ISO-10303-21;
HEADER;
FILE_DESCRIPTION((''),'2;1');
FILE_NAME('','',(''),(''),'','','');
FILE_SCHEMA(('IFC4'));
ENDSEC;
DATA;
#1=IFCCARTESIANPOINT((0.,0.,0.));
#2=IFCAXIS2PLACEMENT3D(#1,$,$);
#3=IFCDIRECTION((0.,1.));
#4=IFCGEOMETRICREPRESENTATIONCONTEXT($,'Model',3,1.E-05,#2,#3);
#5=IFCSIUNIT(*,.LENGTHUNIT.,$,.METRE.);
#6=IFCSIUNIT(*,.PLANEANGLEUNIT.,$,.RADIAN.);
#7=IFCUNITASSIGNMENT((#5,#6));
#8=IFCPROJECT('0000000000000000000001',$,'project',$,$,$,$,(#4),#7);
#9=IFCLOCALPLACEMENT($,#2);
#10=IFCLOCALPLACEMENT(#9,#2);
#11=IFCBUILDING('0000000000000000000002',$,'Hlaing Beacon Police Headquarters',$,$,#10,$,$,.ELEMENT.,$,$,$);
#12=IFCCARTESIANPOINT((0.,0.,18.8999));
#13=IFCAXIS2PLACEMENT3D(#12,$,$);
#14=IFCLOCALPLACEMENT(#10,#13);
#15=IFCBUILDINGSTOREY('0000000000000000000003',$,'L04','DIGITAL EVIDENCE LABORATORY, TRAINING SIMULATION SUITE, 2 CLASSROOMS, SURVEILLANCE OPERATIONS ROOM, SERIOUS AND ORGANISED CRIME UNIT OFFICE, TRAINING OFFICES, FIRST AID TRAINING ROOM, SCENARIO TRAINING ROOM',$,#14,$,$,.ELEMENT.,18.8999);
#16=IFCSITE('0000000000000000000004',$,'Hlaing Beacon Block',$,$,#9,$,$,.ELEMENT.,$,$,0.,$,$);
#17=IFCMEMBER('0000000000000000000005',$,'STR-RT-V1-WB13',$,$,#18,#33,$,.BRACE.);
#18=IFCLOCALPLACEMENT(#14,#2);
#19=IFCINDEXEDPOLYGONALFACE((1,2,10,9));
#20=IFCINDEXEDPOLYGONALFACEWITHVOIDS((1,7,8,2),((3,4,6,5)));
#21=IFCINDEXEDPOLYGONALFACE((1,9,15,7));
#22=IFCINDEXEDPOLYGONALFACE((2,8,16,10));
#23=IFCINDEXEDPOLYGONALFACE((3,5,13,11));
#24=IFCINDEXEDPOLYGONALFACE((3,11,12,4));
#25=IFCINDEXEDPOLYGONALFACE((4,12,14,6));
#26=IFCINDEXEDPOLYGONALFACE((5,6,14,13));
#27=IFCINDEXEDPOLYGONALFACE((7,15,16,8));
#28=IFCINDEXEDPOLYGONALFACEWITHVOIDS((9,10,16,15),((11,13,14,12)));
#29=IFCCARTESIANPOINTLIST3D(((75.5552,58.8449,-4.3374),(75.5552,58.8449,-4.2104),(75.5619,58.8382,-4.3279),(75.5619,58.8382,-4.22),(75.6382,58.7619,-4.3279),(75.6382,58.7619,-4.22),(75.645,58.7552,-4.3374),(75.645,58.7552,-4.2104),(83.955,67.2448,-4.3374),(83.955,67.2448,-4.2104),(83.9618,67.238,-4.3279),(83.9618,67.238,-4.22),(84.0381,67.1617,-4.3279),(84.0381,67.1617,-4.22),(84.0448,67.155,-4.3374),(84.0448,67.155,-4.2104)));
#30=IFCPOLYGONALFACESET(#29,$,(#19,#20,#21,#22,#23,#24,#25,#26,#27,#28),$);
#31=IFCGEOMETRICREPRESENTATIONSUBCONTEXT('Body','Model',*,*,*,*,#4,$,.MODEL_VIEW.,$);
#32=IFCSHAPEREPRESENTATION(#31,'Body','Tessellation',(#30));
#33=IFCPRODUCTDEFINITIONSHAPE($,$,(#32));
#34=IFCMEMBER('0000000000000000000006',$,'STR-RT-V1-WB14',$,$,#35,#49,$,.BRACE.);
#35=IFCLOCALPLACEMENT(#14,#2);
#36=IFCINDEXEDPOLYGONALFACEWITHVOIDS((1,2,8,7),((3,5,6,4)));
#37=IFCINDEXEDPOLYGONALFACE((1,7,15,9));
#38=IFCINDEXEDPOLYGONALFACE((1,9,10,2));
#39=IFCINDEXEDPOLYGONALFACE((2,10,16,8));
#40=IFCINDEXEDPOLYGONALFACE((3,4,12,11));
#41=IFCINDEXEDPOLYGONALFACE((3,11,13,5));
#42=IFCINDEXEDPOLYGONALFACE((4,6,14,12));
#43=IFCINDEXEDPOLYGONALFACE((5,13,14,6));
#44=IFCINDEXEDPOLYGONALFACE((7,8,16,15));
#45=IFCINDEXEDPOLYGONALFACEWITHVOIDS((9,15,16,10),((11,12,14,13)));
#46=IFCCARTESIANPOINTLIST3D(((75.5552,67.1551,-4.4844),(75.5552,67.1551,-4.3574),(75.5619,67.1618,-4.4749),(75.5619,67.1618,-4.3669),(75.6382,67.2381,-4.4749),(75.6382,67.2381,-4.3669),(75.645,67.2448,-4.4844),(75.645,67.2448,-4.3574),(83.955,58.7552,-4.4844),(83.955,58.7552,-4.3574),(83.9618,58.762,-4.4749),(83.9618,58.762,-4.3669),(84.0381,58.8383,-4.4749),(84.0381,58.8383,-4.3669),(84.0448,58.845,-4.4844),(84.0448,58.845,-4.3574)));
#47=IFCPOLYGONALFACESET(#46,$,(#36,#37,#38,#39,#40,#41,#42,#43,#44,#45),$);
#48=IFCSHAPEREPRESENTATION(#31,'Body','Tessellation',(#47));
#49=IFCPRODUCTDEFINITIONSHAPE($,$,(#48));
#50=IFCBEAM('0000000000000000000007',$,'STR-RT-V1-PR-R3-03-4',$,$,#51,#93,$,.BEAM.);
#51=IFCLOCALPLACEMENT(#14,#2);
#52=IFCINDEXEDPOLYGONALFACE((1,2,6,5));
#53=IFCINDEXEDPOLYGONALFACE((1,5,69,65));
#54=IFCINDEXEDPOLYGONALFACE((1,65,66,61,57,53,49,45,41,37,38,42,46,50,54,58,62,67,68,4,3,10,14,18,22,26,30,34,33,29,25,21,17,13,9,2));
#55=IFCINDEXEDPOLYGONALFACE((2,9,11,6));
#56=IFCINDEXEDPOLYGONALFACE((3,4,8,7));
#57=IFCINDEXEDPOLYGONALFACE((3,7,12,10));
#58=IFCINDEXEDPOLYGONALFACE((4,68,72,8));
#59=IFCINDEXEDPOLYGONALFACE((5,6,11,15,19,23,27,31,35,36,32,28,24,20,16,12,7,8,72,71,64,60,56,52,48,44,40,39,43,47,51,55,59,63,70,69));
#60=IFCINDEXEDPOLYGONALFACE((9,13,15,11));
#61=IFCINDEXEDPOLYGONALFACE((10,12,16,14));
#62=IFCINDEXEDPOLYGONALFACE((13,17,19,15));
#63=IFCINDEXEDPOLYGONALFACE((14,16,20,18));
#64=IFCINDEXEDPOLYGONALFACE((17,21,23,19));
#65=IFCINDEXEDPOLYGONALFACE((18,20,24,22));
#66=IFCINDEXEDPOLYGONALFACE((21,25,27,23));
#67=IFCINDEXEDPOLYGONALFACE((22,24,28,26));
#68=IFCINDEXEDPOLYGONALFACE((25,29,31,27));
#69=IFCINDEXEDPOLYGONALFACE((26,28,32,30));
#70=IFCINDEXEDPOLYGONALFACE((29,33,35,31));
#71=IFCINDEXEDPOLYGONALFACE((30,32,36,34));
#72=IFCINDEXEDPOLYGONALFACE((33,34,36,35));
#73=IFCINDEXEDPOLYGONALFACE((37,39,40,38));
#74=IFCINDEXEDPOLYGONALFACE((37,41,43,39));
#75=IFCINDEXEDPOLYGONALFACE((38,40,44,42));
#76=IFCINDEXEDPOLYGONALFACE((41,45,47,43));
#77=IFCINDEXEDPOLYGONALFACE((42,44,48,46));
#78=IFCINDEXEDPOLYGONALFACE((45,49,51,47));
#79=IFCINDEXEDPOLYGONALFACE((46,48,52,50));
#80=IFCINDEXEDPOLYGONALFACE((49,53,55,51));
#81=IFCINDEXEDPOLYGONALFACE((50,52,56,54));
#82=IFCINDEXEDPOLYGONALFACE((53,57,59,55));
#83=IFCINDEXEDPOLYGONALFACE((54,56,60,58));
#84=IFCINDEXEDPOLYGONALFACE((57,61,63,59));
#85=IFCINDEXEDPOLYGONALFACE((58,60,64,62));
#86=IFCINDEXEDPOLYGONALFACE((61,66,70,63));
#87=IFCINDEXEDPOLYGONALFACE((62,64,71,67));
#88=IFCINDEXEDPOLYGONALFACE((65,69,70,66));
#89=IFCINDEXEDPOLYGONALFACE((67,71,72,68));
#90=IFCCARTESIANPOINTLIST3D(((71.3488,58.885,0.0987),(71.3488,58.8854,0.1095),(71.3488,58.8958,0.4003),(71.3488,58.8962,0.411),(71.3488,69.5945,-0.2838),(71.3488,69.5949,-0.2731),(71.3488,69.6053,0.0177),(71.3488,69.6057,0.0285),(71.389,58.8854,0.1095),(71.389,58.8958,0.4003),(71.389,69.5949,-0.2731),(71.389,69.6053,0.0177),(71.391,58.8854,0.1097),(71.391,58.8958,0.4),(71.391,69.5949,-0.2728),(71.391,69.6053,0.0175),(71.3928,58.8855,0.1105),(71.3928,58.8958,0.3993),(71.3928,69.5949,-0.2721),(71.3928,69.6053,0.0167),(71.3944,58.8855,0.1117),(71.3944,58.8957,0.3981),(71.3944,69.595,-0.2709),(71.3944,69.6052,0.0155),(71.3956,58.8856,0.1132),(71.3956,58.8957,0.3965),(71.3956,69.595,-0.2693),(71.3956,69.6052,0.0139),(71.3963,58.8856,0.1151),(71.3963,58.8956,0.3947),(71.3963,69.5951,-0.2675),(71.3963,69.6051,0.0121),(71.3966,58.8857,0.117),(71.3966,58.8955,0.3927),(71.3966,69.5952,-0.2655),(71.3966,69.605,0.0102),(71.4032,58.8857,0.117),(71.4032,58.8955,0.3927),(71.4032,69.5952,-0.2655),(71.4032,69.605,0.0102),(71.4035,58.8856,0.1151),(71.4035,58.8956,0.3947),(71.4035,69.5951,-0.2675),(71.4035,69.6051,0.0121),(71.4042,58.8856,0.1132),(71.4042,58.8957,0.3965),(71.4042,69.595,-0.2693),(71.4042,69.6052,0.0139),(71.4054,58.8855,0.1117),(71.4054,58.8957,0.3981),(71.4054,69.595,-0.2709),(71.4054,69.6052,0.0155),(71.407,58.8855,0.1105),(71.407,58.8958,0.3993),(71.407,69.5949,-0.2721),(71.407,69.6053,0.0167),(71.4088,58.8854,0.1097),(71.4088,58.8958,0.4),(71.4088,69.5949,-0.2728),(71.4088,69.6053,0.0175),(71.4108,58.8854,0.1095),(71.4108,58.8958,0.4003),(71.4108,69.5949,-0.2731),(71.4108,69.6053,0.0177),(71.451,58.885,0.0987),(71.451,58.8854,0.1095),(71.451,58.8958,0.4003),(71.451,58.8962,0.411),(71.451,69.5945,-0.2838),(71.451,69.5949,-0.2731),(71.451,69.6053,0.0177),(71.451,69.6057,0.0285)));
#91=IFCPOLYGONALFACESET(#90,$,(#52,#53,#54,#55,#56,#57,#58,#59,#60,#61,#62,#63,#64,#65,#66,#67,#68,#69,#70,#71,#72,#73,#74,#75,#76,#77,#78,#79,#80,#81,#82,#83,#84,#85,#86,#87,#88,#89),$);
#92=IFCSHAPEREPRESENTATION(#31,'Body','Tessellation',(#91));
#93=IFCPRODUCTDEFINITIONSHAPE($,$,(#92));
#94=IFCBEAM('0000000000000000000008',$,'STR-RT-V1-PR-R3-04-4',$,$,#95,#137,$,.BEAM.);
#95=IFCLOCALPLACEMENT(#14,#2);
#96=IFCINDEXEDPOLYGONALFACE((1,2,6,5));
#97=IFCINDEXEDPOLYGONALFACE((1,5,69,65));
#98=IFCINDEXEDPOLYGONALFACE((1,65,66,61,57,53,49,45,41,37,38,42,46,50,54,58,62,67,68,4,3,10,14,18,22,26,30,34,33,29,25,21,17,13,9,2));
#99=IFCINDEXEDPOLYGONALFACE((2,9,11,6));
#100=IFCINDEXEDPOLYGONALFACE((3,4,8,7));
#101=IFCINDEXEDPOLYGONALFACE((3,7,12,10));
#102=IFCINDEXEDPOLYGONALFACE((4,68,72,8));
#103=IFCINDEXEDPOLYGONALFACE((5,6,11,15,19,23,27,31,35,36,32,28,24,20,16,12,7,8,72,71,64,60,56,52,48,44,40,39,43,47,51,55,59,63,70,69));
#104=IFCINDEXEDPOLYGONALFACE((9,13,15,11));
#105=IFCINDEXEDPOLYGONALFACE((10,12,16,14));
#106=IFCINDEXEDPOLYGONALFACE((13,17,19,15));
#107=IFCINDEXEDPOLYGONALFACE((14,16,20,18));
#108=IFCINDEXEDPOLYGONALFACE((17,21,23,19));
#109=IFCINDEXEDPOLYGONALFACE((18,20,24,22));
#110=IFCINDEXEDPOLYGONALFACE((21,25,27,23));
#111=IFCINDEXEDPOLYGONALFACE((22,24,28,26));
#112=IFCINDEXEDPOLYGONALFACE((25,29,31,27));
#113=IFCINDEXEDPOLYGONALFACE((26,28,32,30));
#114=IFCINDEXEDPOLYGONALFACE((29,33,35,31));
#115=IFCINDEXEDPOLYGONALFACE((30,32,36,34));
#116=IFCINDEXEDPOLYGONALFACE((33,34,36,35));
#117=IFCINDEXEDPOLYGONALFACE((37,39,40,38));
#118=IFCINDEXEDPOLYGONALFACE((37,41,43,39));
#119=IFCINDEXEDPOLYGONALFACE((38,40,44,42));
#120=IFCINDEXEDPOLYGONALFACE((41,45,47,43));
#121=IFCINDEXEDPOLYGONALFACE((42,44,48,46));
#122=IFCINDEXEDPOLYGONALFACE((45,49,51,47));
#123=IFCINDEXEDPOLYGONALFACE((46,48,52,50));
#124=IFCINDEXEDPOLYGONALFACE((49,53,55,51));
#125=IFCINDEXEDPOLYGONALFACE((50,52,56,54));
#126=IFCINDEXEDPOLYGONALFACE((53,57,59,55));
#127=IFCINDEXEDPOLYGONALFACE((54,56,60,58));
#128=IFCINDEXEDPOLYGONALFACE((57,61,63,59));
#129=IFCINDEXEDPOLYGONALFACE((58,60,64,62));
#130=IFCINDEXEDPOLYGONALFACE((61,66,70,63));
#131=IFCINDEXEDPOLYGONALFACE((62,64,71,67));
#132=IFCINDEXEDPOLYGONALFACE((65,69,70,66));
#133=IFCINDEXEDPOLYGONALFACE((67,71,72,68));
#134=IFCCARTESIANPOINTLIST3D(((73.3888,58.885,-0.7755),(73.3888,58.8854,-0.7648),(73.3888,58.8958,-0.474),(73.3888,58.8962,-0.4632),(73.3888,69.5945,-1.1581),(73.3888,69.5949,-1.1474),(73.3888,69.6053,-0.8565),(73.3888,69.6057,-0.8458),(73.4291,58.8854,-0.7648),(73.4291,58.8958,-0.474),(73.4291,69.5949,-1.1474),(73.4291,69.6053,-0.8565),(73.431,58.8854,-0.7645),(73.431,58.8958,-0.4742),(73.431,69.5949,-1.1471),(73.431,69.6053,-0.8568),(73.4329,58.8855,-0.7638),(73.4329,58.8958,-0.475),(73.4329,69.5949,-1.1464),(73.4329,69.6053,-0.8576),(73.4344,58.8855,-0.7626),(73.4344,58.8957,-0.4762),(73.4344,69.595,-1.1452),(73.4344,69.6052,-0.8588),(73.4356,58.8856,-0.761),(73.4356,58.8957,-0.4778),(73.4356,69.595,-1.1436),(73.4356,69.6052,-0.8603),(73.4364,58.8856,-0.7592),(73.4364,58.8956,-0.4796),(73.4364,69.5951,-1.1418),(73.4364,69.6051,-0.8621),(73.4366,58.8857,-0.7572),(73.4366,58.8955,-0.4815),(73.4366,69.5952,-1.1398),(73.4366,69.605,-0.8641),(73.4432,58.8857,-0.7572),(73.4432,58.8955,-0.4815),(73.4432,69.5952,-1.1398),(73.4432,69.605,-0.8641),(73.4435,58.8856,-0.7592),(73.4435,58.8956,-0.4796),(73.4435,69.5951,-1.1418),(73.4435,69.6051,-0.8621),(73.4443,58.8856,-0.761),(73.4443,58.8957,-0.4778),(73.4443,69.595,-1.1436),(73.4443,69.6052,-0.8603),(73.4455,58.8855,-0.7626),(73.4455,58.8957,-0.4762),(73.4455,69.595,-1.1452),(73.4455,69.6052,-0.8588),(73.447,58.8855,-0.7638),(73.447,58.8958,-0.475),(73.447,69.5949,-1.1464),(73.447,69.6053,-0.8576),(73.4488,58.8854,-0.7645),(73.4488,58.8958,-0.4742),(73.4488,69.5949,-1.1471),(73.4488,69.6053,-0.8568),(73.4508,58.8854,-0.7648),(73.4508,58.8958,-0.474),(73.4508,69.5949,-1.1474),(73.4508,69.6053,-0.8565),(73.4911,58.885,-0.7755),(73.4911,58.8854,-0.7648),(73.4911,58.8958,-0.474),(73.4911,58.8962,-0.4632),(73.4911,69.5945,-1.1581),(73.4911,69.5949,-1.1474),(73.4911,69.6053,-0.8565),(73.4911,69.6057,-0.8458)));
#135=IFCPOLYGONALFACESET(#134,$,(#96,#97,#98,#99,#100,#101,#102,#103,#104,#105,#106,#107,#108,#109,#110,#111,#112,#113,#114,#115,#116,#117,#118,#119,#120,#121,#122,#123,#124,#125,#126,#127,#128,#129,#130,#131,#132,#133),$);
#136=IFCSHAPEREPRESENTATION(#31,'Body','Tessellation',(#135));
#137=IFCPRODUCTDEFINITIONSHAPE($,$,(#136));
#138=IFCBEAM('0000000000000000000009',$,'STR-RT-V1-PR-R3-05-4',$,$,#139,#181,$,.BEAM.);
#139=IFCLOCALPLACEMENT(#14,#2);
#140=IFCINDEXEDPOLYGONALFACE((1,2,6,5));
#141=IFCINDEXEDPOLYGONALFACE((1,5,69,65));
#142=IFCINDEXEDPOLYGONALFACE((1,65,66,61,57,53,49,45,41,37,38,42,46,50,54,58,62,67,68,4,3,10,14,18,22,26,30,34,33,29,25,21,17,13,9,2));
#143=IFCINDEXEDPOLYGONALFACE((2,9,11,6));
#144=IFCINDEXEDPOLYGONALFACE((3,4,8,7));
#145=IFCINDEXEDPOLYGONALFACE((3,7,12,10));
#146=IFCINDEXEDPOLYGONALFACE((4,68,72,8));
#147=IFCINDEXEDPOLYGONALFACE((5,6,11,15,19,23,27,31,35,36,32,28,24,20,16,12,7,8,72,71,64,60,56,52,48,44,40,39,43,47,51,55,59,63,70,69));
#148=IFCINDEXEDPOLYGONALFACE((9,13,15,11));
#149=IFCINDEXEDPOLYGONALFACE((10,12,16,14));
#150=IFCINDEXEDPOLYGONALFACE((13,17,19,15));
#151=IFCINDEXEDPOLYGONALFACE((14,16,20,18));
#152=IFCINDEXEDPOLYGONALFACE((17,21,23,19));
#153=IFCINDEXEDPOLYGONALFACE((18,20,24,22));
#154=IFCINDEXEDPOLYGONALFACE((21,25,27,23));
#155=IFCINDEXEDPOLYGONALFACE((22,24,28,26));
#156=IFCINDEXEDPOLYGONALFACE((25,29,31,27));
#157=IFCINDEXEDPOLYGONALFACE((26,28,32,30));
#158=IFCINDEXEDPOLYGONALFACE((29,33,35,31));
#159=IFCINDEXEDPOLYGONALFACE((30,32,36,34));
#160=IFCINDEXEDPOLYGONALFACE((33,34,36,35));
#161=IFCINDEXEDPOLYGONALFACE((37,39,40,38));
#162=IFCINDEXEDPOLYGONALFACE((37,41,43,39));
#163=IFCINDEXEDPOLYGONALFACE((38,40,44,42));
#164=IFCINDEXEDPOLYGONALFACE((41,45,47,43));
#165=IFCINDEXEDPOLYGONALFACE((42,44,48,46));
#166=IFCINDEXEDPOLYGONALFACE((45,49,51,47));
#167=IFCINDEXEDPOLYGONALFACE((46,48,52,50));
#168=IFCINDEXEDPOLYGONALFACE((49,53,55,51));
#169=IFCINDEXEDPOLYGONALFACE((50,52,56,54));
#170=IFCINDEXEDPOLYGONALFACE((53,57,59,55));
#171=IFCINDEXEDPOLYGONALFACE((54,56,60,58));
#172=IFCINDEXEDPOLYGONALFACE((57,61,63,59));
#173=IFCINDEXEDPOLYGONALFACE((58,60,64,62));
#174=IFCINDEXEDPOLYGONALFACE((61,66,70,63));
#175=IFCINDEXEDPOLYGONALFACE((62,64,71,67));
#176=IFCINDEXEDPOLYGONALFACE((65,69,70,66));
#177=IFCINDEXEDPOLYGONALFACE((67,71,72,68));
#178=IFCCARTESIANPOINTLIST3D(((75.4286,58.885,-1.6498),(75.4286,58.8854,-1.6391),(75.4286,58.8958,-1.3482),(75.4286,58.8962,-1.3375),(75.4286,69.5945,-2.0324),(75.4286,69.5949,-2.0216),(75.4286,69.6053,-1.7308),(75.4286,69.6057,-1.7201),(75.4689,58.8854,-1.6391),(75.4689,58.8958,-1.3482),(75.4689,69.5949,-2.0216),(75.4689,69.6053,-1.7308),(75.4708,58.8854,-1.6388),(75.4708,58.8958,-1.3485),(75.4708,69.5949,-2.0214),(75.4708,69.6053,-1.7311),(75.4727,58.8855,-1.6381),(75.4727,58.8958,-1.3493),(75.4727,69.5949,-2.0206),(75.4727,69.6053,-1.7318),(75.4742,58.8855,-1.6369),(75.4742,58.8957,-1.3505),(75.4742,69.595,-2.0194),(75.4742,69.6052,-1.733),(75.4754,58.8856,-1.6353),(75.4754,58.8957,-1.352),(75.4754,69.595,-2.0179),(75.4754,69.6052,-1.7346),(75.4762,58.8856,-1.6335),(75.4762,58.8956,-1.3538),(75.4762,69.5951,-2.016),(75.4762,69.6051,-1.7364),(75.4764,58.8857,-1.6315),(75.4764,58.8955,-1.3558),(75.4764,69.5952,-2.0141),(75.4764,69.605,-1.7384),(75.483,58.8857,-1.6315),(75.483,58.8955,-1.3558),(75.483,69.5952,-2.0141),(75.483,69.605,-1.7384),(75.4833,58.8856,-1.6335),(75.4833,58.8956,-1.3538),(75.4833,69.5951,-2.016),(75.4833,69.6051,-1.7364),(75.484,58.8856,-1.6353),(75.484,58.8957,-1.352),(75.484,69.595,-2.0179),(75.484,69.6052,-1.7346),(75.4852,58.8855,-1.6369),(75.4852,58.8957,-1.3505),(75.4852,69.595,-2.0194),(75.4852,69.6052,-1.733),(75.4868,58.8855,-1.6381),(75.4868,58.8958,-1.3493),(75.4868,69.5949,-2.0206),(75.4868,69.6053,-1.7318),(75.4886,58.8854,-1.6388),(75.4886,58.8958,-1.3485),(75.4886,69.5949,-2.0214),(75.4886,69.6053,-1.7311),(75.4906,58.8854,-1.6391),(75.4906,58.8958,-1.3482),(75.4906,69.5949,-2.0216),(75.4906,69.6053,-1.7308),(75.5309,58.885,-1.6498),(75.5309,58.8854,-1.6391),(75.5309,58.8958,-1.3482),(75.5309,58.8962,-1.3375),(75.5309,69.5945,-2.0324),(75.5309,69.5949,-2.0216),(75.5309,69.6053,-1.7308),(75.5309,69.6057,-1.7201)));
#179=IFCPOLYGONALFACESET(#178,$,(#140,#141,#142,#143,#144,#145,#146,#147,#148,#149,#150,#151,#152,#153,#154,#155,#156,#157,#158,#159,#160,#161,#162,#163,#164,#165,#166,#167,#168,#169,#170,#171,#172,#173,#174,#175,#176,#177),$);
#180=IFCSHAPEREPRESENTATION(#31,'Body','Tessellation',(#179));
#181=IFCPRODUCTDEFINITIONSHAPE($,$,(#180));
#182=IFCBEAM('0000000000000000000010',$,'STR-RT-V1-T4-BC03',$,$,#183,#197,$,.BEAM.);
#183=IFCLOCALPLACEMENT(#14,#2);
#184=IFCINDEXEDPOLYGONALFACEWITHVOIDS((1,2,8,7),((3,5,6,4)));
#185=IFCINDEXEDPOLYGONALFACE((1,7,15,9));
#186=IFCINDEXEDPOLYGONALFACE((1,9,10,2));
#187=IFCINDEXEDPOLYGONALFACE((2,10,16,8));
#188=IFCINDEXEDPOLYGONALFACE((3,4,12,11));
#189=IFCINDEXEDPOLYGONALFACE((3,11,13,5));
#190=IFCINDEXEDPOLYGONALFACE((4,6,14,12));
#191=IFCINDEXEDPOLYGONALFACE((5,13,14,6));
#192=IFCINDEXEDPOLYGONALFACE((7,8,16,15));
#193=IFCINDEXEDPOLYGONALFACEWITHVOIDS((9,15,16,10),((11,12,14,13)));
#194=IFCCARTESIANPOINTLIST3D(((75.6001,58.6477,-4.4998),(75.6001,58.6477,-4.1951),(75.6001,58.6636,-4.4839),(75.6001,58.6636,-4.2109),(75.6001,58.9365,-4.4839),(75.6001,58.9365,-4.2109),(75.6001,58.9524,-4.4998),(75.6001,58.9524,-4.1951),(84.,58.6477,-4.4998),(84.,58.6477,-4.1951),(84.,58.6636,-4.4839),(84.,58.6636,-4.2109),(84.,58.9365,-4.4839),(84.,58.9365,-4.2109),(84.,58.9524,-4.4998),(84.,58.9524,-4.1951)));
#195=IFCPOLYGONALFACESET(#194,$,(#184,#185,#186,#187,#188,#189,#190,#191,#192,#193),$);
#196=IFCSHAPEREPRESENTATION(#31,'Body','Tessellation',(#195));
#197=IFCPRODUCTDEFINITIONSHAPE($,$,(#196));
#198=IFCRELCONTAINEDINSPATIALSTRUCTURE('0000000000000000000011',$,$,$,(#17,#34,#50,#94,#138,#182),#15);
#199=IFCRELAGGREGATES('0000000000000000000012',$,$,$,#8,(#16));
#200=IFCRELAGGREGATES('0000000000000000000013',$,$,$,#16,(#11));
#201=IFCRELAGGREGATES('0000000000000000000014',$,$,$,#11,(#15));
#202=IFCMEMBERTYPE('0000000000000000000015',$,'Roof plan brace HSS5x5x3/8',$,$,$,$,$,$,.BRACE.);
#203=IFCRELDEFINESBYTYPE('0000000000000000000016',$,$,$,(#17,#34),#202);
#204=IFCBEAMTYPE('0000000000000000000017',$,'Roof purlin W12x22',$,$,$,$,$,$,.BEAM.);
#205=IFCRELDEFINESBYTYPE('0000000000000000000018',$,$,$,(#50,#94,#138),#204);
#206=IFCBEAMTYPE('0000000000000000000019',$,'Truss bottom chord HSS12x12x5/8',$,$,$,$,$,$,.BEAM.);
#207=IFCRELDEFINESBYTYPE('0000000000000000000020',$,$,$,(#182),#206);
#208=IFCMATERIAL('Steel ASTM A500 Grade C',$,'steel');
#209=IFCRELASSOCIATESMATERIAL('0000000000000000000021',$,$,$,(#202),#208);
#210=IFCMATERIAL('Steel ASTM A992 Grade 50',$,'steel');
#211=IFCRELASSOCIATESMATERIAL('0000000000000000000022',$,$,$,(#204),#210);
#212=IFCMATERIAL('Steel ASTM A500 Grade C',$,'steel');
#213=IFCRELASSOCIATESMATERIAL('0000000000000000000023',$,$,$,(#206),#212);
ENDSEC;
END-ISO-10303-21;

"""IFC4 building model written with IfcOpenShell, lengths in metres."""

from ifc_helpers import new_model, si_unit, direction, frame, origin, origin_2d, place, context, subcontext, project, spatial, hollow_rectangle, i_section, extrude, material, material_profile, profile_set, type_object, element, save


model = new_model("IFC4")

# Units and contexts
model_context = context("Model", 3, precision=1e-05, world=origin(), true_north=direction((0.0, 1.0)))
body_context = subcontext(model_context, "Body", "Model", "MODEL_VIEW")
ifc_project = project(units=[si_unit("LENGTHUNIT", "METRE"), si_unit("PLANEANGLEUNIT", "RADIAN")], contexts=[model_context])

# Site, building, storey
site_placement = place(None, origin())
site = spatial("IfcSite", under=ifc_project, at=site_placement, Name="Hlaing Beacon Block", CompositionType="ELEMENT", RefElevation=0.0)
building_placement = place(site_placement, origin())
building = spatial("IfcBuilding", under=site, at=building_placement, Name="Hlaing Beacon Police Headquarters", CompositionType="ELEMENT")
storey_placement = place(building_placement, frame((0.0, 0.0, 18.8999)))
storey = spatial("IfcBuildingStorey", under=building, at=storey_placement, Name="L04", Description="DIGITAL EVIDENCE LABORATORY, TRAINING SIMULATION SUITE, 2 CLASSROOMS, SURVEILLANCE OPERATIONS ROOM, SERIOUS AND ORGANISED CRIME UNIT OFFICE, TRAINING OFFICES, FIRST AID TRAINING ROOM, SCENARIO TRAINING ROOM", CompositionType="ELEMENT", Elevation=18.8999)

# Members
ifc_material_1 = material(Name="Steel ASTM A500 Grade C", Category="steel")
ifc_material_profile_1 = material_profile(ifc_material_1, hollow_rectangle(XDim=0.127, YDim=0.127, WallThickness=0.0095, at=origin_2d()), Name="HSS5x5x3/8")
ifc_profile_set_1 = profile_set([ifc_material_profile_1], Name="Steel ASTM A500 Grade C")
member_type_1 = type_object("IfcMemberType", Name="Roof plan brace HSS5x5x3/8", PredefinedType="BRACE", material=ifc_profile_set_1)
for number, where, z_axis, x_axis, name in (
    (1, (75.6001, 58.8, -4.2739), (0.707107, 0.707107, 0.0), (-0.707107, 0.707107, 0.0), "STR-RT-V1-WB13"),
    (2, (75.6001, 67.2, -4.4209), (0.707107, -0.707107, 0.0), (0.707107, 0.707107, 0.0), "STR-RT-V1-WB14"),
):
    element("IfcMember", number, at=place(storey_placement, frame(where, z_axis=z_axis, x_axis=x_axis)), inside=storey, type_object=member_type_1, Name=name, PredefinedType="BRACE", context=body_context, shape_type="SweptSolid", body=[
        extrude(hollow_rectangle(XDim=0.127, YDim=0.127, WallThickness=0.0095, at=origin_2d()), origin(), (0.0, 0.0, 1.0), 11.8792),
    ])

# Beams
ifc_material_2 = material(Name="Steel ASTM A992 Grade 50", Category="steel")
ifc_material_profile_2 = material_profile(ifc_material_2, i_section(OverallWidth=0.1023, OverallDepth=0.3125, WebThickness=0.0066, FlangeThickness=0.0107, FilletRadius=0.0076, at=origin_2d()), Name="W12x22")
ifc_profile_set_2 = profile_set([ifc_material_profile_2], Name="Steel ASTM A992 Grade 50")
beam_type_1 = type_object("IfcBeamType", Name="Roof purlin W12x22", PredefinedType="BEAM", material=ifc_profile_set_2)
for number, where, z_axis, x_axis, name in (
    (3, (71.3999, 58.8906, 0.2549), (0.0, 0.999363, -0.0357), (-1.0, 0.0, 0.0), "STR-RT-V1-PR-R3-03-4"),
    (4, (73.4399, 58.8906, -0.6194), (0.0, 0.999363, -0.0357), (-1.0, 0.0, 0.0), "STR-RT-V1-PR-R3-04-4"),
    (5, (75.4797, 58.8906, -1.4937), (0.0, 0.999363, -0.0357), (-1.0, 0.0, 0.0), "STR-RT-V1-PR-R3-05-4"),
):
    element("IfcBeam", number, at=place(storey_placement, frame(where, z_axis=z_axis, x_axis=x_axis)), inside=storey, type_object=beam_type_1, Name=name, PredefinedType="BEAM", context=body_context, shape_type="SweptSolid", body=[
        extrude(i_section(OverallWidth=0.1023, OverallDepth=0.3125, WebThickness=0.0066, FlangeThickness=0.0107, FilletRadius=0.0076, at=origin_2d()), origin(), (0.0, 0.0, 1.0), 10.7163),
    ])
ifc_material_3 = material(Name="Steel ASTM A500 Grade C", Category="steel")
ifc_material_profile_3 = material_profile(ifc_material_3, hollow_rectangle(XDim=0.3047, YDim=0.3047, WallThickness=0.0159, at=origin_2d()), Name="HSS12x12x5/8")
ifc_profile_set_3 = profile_set([ifc_material_profile_3], Name="Steel ASTM A500 Grade C")
beam_type_2 = type_object("IfcBeamType", Name="Truss bottom chord HSS12x12x5/8", PredefinedType="BEAM", material=ifc_profile_set_3)
for number, where, z_axis, x_axis, name in (
    (6, (75.6001, 58.8, -4.3474), (1.0, 0.0, 0.0), (0.0, 1.0, 0.0), "STR-RT-V1-T4-BC03"),
):
    element("IfcBeam", number, at=place(storey_placement, frame(where, z_axis=z_axis, x_axis=x_axis)), inside=storey, type_object=beam_type_2, Name=name, PredefinedType="BEAM", context=body_context, shape_type="SweptSolid", body=[
        extrude(hollow_rectangle(XDim=0.3047, YDim=0.3047, WallThickness=0.0159, at=origin_2d()), origin(), (0.0, 0.0, 1.0), 8.3999),
    ])

save(model, "model.ifc")
